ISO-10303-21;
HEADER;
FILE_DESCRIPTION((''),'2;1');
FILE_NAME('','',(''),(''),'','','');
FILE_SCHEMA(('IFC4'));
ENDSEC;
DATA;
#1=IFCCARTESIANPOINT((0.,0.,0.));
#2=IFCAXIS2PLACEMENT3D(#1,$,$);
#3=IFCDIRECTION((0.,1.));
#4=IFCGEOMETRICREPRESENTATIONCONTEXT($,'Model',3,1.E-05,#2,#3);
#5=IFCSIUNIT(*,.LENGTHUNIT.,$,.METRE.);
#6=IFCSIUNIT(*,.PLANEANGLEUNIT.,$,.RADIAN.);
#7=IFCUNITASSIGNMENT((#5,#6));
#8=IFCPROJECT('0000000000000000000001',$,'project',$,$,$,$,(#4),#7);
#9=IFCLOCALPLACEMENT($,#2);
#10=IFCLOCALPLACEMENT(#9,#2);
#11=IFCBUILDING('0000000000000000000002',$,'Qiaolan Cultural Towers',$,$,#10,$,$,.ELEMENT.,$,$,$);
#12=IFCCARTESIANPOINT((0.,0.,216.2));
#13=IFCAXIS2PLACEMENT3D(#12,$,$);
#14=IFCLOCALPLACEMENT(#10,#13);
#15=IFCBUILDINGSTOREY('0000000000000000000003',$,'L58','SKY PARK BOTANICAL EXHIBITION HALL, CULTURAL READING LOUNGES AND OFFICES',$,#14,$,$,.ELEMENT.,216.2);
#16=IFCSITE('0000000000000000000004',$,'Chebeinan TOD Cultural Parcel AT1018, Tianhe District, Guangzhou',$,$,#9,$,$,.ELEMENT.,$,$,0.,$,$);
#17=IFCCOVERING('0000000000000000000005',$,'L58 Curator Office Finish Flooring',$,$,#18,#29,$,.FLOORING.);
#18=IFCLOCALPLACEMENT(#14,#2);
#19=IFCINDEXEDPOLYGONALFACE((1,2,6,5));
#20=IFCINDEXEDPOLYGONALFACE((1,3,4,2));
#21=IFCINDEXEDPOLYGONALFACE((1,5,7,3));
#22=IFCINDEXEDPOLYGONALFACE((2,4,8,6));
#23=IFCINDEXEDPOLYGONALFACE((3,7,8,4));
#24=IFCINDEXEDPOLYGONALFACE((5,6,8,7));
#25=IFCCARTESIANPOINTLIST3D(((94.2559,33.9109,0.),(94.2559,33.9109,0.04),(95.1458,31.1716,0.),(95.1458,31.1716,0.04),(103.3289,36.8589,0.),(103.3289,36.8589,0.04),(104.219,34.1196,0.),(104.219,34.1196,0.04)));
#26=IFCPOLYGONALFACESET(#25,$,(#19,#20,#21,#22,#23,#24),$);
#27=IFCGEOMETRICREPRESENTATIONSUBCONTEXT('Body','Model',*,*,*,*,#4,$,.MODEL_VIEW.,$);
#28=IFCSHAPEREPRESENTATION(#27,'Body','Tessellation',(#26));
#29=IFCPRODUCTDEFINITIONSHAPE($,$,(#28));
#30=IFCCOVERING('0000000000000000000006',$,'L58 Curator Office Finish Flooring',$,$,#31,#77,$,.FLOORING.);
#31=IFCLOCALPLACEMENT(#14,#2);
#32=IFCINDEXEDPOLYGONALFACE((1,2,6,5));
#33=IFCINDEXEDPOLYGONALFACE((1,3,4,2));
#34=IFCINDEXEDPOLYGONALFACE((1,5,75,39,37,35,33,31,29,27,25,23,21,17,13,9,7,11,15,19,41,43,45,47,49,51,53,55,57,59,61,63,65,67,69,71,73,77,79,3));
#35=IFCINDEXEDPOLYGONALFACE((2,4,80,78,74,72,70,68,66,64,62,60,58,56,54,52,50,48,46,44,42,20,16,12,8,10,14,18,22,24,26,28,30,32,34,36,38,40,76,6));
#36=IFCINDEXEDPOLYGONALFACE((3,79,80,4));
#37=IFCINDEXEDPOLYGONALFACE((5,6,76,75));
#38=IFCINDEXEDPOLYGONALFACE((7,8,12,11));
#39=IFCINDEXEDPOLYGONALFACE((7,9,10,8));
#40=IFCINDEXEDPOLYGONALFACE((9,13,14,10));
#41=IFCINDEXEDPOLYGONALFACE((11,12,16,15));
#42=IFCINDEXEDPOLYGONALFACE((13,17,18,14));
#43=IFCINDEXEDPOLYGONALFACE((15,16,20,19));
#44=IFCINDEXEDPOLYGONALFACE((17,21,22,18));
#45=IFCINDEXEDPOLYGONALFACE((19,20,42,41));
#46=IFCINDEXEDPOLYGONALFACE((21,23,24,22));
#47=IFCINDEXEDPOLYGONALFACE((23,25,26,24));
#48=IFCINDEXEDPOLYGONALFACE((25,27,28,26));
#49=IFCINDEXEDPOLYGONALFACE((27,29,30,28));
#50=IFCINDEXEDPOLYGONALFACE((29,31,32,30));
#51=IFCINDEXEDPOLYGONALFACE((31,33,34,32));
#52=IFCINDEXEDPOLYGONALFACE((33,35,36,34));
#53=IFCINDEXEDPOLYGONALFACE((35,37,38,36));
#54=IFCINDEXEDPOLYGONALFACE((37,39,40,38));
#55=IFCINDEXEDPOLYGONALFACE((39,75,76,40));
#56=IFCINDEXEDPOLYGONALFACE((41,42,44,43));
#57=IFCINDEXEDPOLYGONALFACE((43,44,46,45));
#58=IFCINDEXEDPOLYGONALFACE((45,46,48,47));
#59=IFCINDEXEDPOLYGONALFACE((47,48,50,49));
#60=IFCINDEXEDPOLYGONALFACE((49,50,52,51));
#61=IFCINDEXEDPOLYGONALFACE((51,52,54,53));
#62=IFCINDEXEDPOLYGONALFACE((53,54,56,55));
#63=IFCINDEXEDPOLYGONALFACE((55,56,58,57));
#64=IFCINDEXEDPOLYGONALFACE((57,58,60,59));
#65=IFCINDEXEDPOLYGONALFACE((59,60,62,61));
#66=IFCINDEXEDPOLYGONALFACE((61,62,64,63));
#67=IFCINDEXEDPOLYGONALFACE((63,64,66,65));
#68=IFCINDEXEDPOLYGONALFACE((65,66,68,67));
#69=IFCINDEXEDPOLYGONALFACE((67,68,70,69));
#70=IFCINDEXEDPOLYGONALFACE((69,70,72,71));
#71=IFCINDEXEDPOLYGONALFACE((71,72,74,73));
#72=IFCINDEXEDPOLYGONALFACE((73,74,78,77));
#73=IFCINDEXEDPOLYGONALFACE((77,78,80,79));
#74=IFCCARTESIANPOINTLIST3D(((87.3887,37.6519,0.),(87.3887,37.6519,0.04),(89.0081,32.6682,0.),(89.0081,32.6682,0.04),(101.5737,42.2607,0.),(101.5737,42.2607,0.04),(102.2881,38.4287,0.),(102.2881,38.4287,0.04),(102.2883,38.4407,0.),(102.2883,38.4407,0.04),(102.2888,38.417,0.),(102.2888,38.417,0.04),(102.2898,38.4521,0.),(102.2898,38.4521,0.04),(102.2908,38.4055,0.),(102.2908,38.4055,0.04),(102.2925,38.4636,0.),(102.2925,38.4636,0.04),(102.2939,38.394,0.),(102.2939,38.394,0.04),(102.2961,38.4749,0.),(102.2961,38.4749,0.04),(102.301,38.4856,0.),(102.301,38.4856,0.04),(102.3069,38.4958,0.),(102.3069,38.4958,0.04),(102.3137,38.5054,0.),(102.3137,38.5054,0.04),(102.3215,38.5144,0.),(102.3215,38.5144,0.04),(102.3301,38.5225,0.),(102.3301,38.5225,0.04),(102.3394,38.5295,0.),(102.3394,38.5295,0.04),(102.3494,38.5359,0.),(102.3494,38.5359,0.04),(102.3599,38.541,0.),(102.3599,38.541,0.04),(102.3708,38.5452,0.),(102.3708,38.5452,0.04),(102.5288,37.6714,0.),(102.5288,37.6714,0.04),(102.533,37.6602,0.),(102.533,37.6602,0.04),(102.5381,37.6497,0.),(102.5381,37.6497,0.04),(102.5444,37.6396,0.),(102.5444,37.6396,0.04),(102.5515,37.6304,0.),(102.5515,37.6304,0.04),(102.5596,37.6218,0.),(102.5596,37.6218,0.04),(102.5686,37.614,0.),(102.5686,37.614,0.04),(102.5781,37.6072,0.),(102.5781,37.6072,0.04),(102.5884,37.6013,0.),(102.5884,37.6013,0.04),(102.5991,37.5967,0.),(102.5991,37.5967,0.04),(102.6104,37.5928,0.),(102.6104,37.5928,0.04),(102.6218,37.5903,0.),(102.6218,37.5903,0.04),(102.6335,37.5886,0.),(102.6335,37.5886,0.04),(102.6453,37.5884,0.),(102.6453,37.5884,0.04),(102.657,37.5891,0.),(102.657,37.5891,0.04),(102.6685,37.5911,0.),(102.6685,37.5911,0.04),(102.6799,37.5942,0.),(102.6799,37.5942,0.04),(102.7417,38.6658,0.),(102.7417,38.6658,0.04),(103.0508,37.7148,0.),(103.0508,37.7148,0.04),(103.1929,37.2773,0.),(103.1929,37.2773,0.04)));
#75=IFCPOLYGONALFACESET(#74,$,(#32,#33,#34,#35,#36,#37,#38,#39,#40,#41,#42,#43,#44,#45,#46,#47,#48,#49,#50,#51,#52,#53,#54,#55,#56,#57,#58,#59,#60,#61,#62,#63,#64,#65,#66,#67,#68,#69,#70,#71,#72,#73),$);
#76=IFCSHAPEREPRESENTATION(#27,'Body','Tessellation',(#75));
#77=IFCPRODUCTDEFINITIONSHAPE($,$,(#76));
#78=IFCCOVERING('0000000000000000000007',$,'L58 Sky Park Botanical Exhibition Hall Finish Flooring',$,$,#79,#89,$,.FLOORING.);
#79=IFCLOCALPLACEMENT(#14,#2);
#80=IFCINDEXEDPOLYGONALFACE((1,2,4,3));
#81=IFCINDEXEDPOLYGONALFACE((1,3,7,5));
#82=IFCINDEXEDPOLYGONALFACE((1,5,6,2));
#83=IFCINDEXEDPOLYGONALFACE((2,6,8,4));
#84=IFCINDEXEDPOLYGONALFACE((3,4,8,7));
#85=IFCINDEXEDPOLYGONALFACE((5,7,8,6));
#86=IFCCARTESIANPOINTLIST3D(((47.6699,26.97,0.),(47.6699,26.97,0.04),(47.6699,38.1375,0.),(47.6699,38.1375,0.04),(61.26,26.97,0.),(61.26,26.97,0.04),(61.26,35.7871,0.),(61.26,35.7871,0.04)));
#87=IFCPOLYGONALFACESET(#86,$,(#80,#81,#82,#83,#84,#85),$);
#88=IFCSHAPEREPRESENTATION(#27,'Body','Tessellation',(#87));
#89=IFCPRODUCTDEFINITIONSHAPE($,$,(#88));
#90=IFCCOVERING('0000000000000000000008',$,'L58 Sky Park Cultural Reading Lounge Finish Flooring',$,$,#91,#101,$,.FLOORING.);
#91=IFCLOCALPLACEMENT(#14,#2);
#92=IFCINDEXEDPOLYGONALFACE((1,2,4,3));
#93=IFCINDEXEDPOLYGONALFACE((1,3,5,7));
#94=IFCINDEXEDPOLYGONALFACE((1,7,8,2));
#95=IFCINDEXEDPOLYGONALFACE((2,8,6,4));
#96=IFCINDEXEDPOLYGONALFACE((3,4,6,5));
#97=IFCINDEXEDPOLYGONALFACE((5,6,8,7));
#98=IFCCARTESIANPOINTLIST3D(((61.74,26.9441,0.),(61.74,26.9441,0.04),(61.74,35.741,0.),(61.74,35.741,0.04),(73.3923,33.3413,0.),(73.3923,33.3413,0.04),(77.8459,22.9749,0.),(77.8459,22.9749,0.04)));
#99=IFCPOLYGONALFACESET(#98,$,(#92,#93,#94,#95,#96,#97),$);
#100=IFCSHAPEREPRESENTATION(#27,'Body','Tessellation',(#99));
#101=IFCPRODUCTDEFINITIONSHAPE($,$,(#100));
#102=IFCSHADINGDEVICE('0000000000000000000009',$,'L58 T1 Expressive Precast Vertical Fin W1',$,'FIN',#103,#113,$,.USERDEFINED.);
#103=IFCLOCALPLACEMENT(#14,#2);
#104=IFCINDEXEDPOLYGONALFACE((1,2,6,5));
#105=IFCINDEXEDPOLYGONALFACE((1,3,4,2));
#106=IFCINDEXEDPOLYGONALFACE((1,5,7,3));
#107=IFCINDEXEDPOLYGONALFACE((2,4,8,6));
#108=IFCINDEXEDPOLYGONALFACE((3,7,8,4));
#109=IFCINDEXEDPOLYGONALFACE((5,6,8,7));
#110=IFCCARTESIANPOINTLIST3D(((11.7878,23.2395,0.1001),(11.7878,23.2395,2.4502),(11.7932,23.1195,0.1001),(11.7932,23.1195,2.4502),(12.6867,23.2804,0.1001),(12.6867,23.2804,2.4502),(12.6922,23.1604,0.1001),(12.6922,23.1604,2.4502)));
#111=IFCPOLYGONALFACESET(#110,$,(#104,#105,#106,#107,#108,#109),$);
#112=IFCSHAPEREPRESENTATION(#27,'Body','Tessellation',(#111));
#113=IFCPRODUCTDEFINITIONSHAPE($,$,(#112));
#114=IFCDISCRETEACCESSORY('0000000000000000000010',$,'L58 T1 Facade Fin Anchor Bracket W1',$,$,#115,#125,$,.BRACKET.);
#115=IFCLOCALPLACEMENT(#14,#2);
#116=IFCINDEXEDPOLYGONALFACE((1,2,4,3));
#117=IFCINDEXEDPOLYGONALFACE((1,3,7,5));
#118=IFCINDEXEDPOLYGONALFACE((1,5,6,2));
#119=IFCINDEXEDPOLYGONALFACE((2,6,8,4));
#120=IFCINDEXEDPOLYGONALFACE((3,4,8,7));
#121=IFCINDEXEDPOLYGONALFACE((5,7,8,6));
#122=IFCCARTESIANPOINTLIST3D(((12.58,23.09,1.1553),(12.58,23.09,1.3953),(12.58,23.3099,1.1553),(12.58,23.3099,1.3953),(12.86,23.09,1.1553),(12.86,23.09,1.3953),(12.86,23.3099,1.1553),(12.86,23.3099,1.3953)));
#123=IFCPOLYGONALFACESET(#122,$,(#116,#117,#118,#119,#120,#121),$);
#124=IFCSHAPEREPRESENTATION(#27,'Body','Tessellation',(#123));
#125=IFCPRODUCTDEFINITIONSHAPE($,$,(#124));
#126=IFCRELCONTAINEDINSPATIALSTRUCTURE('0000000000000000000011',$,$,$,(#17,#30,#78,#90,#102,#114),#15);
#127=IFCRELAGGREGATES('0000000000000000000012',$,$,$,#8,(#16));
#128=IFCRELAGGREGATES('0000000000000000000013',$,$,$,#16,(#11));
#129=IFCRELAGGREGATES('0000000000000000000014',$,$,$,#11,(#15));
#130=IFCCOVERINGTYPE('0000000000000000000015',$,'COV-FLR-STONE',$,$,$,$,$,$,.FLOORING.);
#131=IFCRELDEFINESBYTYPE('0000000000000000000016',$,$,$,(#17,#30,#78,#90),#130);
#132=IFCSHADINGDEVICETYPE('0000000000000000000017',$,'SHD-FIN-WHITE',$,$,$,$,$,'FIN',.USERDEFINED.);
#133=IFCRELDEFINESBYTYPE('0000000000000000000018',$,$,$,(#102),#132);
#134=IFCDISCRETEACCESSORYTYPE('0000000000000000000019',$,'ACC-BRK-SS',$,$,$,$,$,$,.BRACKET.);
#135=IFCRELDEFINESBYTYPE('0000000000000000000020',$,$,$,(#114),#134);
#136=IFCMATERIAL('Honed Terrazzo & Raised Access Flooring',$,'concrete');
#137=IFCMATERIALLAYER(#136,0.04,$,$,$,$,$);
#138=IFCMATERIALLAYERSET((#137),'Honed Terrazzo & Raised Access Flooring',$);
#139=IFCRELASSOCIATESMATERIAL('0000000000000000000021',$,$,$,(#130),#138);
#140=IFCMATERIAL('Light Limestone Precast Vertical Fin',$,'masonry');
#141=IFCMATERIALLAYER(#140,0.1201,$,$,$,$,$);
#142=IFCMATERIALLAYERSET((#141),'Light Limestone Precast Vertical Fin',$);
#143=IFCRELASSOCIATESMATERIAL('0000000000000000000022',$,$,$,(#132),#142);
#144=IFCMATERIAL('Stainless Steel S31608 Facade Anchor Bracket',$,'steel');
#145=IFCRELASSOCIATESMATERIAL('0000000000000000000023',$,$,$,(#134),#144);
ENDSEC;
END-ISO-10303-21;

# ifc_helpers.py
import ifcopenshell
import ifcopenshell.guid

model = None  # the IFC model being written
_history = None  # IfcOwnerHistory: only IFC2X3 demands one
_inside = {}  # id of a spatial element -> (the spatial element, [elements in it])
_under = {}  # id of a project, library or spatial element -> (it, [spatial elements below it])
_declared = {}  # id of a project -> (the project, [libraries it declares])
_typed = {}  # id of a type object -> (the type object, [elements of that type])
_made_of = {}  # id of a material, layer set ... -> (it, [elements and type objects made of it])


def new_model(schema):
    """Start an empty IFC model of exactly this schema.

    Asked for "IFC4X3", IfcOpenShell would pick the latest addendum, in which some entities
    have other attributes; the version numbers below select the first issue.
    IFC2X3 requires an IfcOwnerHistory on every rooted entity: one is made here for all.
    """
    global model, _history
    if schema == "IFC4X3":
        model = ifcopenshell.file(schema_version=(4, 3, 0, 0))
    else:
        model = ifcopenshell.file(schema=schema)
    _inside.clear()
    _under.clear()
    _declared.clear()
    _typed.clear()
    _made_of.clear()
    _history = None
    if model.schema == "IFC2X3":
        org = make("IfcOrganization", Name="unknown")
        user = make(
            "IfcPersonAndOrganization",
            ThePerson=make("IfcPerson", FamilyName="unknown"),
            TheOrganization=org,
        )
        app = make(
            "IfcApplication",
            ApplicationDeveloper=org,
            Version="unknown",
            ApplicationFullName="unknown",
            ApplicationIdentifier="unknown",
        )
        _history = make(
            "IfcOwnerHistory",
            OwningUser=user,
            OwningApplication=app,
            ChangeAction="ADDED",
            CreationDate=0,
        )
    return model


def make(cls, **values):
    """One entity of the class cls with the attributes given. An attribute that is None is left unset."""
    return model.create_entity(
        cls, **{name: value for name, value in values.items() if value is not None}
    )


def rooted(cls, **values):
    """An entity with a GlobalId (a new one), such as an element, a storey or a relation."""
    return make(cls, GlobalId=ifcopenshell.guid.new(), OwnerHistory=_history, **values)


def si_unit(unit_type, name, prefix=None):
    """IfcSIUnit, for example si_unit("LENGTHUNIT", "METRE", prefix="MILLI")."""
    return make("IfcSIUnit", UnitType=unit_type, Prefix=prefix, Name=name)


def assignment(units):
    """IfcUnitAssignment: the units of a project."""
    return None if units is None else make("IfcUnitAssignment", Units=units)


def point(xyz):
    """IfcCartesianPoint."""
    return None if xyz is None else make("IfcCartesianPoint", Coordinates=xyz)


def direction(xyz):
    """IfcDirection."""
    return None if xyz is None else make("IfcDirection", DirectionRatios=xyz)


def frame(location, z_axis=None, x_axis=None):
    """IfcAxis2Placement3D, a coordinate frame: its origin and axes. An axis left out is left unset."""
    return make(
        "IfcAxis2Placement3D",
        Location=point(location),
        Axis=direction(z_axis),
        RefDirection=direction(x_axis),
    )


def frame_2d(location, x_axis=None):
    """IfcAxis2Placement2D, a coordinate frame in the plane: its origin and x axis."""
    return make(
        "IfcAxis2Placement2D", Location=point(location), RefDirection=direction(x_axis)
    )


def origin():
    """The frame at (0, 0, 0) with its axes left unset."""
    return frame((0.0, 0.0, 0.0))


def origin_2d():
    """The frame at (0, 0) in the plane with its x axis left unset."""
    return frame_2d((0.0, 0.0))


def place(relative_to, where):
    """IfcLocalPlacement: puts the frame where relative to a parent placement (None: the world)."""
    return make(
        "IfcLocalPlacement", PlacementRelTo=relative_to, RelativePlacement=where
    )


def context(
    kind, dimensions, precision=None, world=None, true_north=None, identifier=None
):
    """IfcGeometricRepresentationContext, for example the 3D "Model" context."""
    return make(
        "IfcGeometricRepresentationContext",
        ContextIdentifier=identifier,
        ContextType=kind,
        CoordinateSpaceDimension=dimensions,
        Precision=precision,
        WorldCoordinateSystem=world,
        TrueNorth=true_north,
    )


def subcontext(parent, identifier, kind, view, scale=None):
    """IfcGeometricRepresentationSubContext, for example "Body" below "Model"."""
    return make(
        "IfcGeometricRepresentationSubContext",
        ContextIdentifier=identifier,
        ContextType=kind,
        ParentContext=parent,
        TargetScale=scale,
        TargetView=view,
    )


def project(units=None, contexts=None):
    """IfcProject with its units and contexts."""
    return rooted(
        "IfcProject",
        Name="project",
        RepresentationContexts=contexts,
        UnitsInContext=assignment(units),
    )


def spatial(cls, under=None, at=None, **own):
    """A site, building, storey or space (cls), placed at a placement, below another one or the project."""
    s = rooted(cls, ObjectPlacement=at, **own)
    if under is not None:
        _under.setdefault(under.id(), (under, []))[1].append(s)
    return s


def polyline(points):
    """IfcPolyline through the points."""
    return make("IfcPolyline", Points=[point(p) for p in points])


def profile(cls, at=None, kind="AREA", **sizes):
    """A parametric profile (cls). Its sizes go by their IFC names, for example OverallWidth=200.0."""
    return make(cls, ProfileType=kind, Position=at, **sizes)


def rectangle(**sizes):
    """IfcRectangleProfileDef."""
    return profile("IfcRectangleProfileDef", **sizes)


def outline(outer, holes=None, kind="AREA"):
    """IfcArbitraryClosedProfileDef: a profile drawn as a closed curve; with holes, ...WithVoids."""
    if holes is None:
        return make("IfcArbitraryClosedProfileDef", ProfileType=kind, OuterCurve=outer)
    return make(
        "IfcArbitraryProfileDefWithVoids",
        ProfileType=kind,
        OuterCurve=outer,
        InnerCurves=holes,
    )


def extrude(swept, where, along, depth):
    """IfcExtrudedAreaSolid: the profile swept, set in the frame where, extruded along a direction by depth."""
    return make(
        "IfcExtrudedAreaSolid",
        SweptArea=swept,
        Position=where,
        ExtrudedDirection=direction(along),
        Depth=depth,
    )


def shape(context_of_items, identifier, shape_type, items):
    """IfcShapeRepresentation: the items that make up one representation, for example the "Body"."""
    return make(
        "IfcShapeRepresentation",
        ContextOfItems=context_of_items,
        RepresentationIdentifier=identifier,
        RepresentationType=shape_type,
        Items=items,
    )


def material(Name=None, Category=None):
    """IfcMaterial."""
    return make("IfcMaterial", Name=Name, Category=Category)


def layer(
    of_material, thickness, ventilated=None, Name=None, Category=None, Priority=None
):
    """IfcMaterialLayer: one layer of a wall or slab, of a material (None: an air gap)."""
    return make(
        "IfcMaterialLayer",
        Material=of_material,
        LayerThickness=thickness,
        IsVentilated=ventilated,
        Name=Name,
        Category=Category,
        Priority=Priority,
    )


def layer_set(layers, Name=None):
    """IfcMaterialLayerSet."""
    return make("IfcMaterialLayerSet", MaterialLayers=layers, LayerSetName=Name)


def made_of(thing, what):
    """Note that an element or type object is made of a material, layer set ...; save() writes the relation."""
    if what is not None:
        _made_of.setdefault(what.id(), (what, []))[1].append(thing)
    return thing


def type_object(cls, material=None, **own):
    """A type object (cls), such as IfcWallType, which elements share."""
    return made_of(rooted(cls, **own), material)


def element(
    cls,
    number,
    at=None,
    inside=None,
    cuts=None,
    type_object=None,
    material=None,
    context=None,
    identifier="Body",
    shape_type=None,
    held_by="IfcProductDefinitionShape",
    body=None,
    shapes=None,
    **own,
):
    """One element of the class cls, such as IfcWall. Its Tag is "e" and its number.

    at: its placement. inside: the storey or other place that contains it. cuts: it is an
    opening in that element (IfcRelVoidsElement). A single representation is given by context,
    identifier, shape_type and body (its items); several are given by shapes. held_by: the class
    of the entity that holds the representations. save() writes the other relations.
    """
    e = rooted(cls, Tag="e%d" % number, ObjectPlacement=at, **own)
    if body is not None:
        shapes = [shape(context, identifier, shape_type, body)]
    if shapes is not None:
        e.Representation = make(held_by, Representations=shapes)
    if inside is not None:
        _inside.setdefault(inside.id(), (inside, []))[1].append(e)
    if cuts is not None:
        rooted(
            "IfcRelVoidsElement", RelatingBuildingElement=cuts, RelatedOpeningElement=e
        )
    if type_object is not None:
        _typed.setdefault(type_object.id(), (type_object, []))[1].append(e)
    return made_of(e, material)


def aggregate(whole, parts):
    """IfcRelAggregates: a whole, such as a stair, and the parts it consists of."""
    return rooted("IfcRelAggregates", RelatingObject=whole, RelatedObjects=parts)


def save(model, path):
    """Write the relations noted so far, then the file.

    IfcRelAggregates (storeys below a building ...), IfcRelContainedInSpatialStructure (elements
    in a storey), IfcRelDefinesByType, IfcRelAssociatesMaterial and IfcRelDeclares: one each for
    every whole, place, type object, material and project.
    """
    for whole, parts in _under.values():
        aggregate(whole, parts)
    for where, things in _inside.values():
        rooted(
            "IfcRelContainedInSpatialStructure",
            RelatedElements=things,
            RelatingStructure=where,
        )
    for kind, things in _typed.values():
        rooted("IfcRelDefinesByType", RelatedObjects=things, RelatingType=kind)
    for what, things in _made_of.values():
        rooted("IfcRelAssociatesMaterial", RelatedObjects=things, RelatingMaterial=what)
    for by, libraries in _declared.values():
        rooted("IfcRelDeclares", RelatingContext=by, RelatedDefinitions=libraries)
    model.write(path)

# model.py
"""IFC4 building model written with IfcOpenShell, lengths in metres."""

from ifc_helpers import new_model, si_unit, direction, frame, origin, origin_2d, place, context, subcontext, project, spatial, polyline, rectangle, outline, extrude, material, layer, layer_set, type_object, element, save


model = new_model("IFC4")

# Units and contexts
model_context = context("Model", 3, precision=1e-05, world=origin(), true_north=direction((0.0, 1.0)))
body_context = subcontext(model_context, "Body", "Model", "MODEL_VIEW")
ifc_project = project(units=[si_unit("LENGTHUNIT", "METRE"), si_unit("PLANEANGLEUNIT", "RADIAN")], contexts=[model_context])

# Site, building, storey
site_placement = place(None, origin())
site = spatial("IfcSite", under=ifc_project, at=site_placement, Name="Chebeinan TOD Cultural Parcel AT1018, Tianhe District, Guangzhou", CompositionType="ELEMENT", RefElevation=0.0)
building_placement = place(site_placement, origin())
building = spatial("IfcBuilding", under=site, at=building_placement, Name="Qiaolan Cultural Towers", CompositionType="ELEMENT")
storey_placement = place(building_placement, frame((0.0, 0.0, 216.2)))
storey = spatial("IfcBuildingStorey", under=building, at=storey_placement, Name="L58", Description="SKY PARK BOTANICAL EXHIBITION HALL, CULTURAL READING LOUNGES AND OFFICES", CompositionType="ELEMENT", Elevation=216.2)

# Coverings
ifc_material_1 = material(Name="Honed Terrazzo & Raised Access Flooring", Category="concrete")
ifc_layer_1 = layer(ifc_material_1, 0.04)
ifc_layer_set_1 = layer_set([ifc_layer_1], Name="Honed Terrazzo & Raised Access Flooring")
covering_type = type_object("IfcCoveringType", Name="COV-FLR-STONE", PredefinedType="FLOORING", material=ifc_layer_set_1)
covering_1_placement = place(storey_placement, origin())
element("IfcCovering", 1, at=covering_1_placement, inside=storey, type_object=covering_type, Name="L58 Curator Office Finish Flooring", PredefinedType="FLOORING", context=body_context, shape_type="SweptSolid", body=[
    extrude(outline(polyline([(104.219, 34.1196), (103.3289, 36.8589), (94.2559, 33.9109), (95.1458, 31.1716), (104.219, 34.1196)])), origin(), (0.0, 0.0, 1.0), 0.04),
])
covering_2_placement = place(storey_placement, origin())
element("IfcCovering", 2, at=covering_2_placement, inside=storey, type_object=covering_type, Name="L58 Curator Office Finish Flooring", PredefinedType="FLOORING", context=body_context, shape_type="SweptSolid", body=[
    extrude(outline(polyline([(103.0508, 37.7148), (102.6799, 37.5942), (102.6685, 37.5911), (102.657, 37.5891), (102.6453, 37.5884), (102.6335, 37.5886), (102.6218, 37.5903), (102.6104, 37.5928), (102.5991, 37.5967), (102.5884, 37.6013), (102.5781, 37.6072), (102.5686, 37.614), (102.5596, 37.6218), (102.5515, 37.6304), (102.5444, 37.6396), (102.5381, 37.6497), (102.533, 37.6602), (102.5288, 37.6714), (102.2939, 38.394), (102.2908, 38.4055), (102.2888, 38.417), (102.2881, 38.4287), (102.2883, 38.4407), (102.2898, 38.4521), (102.2925, 38.4636), (102.2961, 38.4749), (102.301, 38.4856), (102.3069, 38.4958), (102.3137, 38.5054), (102.3215, 38.5144), (102.3301, 38.5225), (102.3394, 38.5295), (102.3494, 38.5359), (102.3599, 38.541), (102.3708, 38.5452), (102.7417, 38.6658), (101.5737, 42.2607), (87.3887, 37.6519), (89.0081, 32.6682), (103.1929, 37.2773), (103.0508, 37.7148)])), origin(), (0.0, 0.0, 1.0), 0.04),
])
covering_3_placement = place(storey_placement, origin())
element("IfcCovering", 3, at=covering_3_placement, inside=storey, type_object=covering_type, Name="L58 Sky Park Botanical Exhibition Hall Finish Flooring", PredefinedType="FLOORING", context=body_context, shape_type="SweptSolid", body=[
    extrude(outline(polyline([(61.26, 26.97), (61.26, 35.7871), (47.6699, 38.1375), (47.6699, 26.97), (61.26, 26.97)])), origin(), (0.0, 0.0, 1.0), 0.04),
])
covering_4_placement = place(storey_placement, origin())
element("IfcCovering", 4, at=covering_4_placement, inside=storey, type_object=covering_type, Name="L58 Sky Park Cultural Reading Lounge Finish Flooring", PredefinedType="FLOORING", context=body_context, shape_type="SweptSolid", body=[
    extrude(outline(polyline([(77.8459, 22.9749), (73.3923, 33.3413), (61.74, 35.741), (61.74, 26.9441), (77.8459, 22.9749)])), origin(), (0.0, 0.0, 1.0), 0.04),
])

# Shading device
ifc_material_2 = material(Name="Light Limestone Precast Vertical Fin", Category="masonry")
ifc_layer_2 = layer(ifc_material_2, 0.1201)
ifc_layer_set_2 = layer_set([ifc_layer_2], Name="Light Limestone Precast Vertical Fin")
shading_device_type = type_object("IfcShadingDeviceType", Name="SHD-FIN-WHITE", ElementType="FIN", PredefinedType="USERDEFINED", material=ifc_layer_set_2)
shading_device_placement = place(storey_placement, frame((12.24, 23.2, 0.1001), z_axis=(0.0, 0.0, 1.0), x_axis=(0.998967, 0.045445, 0.0)))
element("IfcShadingDevice", 5, at=shading_device_placement, inside=storey, type_object=shading_device_type, Name="L58 T1 Expressive Precast Vertical Fin W1", ObjectType="FIN", PredefinedType="USERDEFINED", context=body_context, shape_type="SweptSolid", body=[
    extrude(rectangle(XDim=0.8999, YDim=0.1201, at=origin_2d()), origin(), (0.0, 0.0, 1.0), 2.3501),
])

# Discrete accessory
ifc_material_3 = material(Name="Stainless Steel S31608 Facade Anchor Bracket", Category="steel")
discrete_accessory_type = type_object("IfcDiscreteAccessoryType", Name="ACC-BRK-SS", PredefinedType="BRACKET", material=ifc_material_3)
discrete_accessory_placement = place(storey_placement, frame((12.72, 23.2, 1.1553), z_axis=(0.0, 0.0, 1.0), x_axis=(1.0, 0.0, 0.0)))
element("IfcDiscreteAccessory", 6, at=discrete_accessory_placement, inside=storey, type_object=discrete_accessory_type, Name="L58 T1 Facade Fin Anchor Bracket W1", PredefinedType="BRACKET", context=body_context, shape_type="SweptSolid", body=[
    extrude(rectangle(XDim=0.28, YDim=0.22, at=origin_2d()), origin(), (0.0, 0.0, 1.0), 0.24),
])

save(model, "model.ifc")
